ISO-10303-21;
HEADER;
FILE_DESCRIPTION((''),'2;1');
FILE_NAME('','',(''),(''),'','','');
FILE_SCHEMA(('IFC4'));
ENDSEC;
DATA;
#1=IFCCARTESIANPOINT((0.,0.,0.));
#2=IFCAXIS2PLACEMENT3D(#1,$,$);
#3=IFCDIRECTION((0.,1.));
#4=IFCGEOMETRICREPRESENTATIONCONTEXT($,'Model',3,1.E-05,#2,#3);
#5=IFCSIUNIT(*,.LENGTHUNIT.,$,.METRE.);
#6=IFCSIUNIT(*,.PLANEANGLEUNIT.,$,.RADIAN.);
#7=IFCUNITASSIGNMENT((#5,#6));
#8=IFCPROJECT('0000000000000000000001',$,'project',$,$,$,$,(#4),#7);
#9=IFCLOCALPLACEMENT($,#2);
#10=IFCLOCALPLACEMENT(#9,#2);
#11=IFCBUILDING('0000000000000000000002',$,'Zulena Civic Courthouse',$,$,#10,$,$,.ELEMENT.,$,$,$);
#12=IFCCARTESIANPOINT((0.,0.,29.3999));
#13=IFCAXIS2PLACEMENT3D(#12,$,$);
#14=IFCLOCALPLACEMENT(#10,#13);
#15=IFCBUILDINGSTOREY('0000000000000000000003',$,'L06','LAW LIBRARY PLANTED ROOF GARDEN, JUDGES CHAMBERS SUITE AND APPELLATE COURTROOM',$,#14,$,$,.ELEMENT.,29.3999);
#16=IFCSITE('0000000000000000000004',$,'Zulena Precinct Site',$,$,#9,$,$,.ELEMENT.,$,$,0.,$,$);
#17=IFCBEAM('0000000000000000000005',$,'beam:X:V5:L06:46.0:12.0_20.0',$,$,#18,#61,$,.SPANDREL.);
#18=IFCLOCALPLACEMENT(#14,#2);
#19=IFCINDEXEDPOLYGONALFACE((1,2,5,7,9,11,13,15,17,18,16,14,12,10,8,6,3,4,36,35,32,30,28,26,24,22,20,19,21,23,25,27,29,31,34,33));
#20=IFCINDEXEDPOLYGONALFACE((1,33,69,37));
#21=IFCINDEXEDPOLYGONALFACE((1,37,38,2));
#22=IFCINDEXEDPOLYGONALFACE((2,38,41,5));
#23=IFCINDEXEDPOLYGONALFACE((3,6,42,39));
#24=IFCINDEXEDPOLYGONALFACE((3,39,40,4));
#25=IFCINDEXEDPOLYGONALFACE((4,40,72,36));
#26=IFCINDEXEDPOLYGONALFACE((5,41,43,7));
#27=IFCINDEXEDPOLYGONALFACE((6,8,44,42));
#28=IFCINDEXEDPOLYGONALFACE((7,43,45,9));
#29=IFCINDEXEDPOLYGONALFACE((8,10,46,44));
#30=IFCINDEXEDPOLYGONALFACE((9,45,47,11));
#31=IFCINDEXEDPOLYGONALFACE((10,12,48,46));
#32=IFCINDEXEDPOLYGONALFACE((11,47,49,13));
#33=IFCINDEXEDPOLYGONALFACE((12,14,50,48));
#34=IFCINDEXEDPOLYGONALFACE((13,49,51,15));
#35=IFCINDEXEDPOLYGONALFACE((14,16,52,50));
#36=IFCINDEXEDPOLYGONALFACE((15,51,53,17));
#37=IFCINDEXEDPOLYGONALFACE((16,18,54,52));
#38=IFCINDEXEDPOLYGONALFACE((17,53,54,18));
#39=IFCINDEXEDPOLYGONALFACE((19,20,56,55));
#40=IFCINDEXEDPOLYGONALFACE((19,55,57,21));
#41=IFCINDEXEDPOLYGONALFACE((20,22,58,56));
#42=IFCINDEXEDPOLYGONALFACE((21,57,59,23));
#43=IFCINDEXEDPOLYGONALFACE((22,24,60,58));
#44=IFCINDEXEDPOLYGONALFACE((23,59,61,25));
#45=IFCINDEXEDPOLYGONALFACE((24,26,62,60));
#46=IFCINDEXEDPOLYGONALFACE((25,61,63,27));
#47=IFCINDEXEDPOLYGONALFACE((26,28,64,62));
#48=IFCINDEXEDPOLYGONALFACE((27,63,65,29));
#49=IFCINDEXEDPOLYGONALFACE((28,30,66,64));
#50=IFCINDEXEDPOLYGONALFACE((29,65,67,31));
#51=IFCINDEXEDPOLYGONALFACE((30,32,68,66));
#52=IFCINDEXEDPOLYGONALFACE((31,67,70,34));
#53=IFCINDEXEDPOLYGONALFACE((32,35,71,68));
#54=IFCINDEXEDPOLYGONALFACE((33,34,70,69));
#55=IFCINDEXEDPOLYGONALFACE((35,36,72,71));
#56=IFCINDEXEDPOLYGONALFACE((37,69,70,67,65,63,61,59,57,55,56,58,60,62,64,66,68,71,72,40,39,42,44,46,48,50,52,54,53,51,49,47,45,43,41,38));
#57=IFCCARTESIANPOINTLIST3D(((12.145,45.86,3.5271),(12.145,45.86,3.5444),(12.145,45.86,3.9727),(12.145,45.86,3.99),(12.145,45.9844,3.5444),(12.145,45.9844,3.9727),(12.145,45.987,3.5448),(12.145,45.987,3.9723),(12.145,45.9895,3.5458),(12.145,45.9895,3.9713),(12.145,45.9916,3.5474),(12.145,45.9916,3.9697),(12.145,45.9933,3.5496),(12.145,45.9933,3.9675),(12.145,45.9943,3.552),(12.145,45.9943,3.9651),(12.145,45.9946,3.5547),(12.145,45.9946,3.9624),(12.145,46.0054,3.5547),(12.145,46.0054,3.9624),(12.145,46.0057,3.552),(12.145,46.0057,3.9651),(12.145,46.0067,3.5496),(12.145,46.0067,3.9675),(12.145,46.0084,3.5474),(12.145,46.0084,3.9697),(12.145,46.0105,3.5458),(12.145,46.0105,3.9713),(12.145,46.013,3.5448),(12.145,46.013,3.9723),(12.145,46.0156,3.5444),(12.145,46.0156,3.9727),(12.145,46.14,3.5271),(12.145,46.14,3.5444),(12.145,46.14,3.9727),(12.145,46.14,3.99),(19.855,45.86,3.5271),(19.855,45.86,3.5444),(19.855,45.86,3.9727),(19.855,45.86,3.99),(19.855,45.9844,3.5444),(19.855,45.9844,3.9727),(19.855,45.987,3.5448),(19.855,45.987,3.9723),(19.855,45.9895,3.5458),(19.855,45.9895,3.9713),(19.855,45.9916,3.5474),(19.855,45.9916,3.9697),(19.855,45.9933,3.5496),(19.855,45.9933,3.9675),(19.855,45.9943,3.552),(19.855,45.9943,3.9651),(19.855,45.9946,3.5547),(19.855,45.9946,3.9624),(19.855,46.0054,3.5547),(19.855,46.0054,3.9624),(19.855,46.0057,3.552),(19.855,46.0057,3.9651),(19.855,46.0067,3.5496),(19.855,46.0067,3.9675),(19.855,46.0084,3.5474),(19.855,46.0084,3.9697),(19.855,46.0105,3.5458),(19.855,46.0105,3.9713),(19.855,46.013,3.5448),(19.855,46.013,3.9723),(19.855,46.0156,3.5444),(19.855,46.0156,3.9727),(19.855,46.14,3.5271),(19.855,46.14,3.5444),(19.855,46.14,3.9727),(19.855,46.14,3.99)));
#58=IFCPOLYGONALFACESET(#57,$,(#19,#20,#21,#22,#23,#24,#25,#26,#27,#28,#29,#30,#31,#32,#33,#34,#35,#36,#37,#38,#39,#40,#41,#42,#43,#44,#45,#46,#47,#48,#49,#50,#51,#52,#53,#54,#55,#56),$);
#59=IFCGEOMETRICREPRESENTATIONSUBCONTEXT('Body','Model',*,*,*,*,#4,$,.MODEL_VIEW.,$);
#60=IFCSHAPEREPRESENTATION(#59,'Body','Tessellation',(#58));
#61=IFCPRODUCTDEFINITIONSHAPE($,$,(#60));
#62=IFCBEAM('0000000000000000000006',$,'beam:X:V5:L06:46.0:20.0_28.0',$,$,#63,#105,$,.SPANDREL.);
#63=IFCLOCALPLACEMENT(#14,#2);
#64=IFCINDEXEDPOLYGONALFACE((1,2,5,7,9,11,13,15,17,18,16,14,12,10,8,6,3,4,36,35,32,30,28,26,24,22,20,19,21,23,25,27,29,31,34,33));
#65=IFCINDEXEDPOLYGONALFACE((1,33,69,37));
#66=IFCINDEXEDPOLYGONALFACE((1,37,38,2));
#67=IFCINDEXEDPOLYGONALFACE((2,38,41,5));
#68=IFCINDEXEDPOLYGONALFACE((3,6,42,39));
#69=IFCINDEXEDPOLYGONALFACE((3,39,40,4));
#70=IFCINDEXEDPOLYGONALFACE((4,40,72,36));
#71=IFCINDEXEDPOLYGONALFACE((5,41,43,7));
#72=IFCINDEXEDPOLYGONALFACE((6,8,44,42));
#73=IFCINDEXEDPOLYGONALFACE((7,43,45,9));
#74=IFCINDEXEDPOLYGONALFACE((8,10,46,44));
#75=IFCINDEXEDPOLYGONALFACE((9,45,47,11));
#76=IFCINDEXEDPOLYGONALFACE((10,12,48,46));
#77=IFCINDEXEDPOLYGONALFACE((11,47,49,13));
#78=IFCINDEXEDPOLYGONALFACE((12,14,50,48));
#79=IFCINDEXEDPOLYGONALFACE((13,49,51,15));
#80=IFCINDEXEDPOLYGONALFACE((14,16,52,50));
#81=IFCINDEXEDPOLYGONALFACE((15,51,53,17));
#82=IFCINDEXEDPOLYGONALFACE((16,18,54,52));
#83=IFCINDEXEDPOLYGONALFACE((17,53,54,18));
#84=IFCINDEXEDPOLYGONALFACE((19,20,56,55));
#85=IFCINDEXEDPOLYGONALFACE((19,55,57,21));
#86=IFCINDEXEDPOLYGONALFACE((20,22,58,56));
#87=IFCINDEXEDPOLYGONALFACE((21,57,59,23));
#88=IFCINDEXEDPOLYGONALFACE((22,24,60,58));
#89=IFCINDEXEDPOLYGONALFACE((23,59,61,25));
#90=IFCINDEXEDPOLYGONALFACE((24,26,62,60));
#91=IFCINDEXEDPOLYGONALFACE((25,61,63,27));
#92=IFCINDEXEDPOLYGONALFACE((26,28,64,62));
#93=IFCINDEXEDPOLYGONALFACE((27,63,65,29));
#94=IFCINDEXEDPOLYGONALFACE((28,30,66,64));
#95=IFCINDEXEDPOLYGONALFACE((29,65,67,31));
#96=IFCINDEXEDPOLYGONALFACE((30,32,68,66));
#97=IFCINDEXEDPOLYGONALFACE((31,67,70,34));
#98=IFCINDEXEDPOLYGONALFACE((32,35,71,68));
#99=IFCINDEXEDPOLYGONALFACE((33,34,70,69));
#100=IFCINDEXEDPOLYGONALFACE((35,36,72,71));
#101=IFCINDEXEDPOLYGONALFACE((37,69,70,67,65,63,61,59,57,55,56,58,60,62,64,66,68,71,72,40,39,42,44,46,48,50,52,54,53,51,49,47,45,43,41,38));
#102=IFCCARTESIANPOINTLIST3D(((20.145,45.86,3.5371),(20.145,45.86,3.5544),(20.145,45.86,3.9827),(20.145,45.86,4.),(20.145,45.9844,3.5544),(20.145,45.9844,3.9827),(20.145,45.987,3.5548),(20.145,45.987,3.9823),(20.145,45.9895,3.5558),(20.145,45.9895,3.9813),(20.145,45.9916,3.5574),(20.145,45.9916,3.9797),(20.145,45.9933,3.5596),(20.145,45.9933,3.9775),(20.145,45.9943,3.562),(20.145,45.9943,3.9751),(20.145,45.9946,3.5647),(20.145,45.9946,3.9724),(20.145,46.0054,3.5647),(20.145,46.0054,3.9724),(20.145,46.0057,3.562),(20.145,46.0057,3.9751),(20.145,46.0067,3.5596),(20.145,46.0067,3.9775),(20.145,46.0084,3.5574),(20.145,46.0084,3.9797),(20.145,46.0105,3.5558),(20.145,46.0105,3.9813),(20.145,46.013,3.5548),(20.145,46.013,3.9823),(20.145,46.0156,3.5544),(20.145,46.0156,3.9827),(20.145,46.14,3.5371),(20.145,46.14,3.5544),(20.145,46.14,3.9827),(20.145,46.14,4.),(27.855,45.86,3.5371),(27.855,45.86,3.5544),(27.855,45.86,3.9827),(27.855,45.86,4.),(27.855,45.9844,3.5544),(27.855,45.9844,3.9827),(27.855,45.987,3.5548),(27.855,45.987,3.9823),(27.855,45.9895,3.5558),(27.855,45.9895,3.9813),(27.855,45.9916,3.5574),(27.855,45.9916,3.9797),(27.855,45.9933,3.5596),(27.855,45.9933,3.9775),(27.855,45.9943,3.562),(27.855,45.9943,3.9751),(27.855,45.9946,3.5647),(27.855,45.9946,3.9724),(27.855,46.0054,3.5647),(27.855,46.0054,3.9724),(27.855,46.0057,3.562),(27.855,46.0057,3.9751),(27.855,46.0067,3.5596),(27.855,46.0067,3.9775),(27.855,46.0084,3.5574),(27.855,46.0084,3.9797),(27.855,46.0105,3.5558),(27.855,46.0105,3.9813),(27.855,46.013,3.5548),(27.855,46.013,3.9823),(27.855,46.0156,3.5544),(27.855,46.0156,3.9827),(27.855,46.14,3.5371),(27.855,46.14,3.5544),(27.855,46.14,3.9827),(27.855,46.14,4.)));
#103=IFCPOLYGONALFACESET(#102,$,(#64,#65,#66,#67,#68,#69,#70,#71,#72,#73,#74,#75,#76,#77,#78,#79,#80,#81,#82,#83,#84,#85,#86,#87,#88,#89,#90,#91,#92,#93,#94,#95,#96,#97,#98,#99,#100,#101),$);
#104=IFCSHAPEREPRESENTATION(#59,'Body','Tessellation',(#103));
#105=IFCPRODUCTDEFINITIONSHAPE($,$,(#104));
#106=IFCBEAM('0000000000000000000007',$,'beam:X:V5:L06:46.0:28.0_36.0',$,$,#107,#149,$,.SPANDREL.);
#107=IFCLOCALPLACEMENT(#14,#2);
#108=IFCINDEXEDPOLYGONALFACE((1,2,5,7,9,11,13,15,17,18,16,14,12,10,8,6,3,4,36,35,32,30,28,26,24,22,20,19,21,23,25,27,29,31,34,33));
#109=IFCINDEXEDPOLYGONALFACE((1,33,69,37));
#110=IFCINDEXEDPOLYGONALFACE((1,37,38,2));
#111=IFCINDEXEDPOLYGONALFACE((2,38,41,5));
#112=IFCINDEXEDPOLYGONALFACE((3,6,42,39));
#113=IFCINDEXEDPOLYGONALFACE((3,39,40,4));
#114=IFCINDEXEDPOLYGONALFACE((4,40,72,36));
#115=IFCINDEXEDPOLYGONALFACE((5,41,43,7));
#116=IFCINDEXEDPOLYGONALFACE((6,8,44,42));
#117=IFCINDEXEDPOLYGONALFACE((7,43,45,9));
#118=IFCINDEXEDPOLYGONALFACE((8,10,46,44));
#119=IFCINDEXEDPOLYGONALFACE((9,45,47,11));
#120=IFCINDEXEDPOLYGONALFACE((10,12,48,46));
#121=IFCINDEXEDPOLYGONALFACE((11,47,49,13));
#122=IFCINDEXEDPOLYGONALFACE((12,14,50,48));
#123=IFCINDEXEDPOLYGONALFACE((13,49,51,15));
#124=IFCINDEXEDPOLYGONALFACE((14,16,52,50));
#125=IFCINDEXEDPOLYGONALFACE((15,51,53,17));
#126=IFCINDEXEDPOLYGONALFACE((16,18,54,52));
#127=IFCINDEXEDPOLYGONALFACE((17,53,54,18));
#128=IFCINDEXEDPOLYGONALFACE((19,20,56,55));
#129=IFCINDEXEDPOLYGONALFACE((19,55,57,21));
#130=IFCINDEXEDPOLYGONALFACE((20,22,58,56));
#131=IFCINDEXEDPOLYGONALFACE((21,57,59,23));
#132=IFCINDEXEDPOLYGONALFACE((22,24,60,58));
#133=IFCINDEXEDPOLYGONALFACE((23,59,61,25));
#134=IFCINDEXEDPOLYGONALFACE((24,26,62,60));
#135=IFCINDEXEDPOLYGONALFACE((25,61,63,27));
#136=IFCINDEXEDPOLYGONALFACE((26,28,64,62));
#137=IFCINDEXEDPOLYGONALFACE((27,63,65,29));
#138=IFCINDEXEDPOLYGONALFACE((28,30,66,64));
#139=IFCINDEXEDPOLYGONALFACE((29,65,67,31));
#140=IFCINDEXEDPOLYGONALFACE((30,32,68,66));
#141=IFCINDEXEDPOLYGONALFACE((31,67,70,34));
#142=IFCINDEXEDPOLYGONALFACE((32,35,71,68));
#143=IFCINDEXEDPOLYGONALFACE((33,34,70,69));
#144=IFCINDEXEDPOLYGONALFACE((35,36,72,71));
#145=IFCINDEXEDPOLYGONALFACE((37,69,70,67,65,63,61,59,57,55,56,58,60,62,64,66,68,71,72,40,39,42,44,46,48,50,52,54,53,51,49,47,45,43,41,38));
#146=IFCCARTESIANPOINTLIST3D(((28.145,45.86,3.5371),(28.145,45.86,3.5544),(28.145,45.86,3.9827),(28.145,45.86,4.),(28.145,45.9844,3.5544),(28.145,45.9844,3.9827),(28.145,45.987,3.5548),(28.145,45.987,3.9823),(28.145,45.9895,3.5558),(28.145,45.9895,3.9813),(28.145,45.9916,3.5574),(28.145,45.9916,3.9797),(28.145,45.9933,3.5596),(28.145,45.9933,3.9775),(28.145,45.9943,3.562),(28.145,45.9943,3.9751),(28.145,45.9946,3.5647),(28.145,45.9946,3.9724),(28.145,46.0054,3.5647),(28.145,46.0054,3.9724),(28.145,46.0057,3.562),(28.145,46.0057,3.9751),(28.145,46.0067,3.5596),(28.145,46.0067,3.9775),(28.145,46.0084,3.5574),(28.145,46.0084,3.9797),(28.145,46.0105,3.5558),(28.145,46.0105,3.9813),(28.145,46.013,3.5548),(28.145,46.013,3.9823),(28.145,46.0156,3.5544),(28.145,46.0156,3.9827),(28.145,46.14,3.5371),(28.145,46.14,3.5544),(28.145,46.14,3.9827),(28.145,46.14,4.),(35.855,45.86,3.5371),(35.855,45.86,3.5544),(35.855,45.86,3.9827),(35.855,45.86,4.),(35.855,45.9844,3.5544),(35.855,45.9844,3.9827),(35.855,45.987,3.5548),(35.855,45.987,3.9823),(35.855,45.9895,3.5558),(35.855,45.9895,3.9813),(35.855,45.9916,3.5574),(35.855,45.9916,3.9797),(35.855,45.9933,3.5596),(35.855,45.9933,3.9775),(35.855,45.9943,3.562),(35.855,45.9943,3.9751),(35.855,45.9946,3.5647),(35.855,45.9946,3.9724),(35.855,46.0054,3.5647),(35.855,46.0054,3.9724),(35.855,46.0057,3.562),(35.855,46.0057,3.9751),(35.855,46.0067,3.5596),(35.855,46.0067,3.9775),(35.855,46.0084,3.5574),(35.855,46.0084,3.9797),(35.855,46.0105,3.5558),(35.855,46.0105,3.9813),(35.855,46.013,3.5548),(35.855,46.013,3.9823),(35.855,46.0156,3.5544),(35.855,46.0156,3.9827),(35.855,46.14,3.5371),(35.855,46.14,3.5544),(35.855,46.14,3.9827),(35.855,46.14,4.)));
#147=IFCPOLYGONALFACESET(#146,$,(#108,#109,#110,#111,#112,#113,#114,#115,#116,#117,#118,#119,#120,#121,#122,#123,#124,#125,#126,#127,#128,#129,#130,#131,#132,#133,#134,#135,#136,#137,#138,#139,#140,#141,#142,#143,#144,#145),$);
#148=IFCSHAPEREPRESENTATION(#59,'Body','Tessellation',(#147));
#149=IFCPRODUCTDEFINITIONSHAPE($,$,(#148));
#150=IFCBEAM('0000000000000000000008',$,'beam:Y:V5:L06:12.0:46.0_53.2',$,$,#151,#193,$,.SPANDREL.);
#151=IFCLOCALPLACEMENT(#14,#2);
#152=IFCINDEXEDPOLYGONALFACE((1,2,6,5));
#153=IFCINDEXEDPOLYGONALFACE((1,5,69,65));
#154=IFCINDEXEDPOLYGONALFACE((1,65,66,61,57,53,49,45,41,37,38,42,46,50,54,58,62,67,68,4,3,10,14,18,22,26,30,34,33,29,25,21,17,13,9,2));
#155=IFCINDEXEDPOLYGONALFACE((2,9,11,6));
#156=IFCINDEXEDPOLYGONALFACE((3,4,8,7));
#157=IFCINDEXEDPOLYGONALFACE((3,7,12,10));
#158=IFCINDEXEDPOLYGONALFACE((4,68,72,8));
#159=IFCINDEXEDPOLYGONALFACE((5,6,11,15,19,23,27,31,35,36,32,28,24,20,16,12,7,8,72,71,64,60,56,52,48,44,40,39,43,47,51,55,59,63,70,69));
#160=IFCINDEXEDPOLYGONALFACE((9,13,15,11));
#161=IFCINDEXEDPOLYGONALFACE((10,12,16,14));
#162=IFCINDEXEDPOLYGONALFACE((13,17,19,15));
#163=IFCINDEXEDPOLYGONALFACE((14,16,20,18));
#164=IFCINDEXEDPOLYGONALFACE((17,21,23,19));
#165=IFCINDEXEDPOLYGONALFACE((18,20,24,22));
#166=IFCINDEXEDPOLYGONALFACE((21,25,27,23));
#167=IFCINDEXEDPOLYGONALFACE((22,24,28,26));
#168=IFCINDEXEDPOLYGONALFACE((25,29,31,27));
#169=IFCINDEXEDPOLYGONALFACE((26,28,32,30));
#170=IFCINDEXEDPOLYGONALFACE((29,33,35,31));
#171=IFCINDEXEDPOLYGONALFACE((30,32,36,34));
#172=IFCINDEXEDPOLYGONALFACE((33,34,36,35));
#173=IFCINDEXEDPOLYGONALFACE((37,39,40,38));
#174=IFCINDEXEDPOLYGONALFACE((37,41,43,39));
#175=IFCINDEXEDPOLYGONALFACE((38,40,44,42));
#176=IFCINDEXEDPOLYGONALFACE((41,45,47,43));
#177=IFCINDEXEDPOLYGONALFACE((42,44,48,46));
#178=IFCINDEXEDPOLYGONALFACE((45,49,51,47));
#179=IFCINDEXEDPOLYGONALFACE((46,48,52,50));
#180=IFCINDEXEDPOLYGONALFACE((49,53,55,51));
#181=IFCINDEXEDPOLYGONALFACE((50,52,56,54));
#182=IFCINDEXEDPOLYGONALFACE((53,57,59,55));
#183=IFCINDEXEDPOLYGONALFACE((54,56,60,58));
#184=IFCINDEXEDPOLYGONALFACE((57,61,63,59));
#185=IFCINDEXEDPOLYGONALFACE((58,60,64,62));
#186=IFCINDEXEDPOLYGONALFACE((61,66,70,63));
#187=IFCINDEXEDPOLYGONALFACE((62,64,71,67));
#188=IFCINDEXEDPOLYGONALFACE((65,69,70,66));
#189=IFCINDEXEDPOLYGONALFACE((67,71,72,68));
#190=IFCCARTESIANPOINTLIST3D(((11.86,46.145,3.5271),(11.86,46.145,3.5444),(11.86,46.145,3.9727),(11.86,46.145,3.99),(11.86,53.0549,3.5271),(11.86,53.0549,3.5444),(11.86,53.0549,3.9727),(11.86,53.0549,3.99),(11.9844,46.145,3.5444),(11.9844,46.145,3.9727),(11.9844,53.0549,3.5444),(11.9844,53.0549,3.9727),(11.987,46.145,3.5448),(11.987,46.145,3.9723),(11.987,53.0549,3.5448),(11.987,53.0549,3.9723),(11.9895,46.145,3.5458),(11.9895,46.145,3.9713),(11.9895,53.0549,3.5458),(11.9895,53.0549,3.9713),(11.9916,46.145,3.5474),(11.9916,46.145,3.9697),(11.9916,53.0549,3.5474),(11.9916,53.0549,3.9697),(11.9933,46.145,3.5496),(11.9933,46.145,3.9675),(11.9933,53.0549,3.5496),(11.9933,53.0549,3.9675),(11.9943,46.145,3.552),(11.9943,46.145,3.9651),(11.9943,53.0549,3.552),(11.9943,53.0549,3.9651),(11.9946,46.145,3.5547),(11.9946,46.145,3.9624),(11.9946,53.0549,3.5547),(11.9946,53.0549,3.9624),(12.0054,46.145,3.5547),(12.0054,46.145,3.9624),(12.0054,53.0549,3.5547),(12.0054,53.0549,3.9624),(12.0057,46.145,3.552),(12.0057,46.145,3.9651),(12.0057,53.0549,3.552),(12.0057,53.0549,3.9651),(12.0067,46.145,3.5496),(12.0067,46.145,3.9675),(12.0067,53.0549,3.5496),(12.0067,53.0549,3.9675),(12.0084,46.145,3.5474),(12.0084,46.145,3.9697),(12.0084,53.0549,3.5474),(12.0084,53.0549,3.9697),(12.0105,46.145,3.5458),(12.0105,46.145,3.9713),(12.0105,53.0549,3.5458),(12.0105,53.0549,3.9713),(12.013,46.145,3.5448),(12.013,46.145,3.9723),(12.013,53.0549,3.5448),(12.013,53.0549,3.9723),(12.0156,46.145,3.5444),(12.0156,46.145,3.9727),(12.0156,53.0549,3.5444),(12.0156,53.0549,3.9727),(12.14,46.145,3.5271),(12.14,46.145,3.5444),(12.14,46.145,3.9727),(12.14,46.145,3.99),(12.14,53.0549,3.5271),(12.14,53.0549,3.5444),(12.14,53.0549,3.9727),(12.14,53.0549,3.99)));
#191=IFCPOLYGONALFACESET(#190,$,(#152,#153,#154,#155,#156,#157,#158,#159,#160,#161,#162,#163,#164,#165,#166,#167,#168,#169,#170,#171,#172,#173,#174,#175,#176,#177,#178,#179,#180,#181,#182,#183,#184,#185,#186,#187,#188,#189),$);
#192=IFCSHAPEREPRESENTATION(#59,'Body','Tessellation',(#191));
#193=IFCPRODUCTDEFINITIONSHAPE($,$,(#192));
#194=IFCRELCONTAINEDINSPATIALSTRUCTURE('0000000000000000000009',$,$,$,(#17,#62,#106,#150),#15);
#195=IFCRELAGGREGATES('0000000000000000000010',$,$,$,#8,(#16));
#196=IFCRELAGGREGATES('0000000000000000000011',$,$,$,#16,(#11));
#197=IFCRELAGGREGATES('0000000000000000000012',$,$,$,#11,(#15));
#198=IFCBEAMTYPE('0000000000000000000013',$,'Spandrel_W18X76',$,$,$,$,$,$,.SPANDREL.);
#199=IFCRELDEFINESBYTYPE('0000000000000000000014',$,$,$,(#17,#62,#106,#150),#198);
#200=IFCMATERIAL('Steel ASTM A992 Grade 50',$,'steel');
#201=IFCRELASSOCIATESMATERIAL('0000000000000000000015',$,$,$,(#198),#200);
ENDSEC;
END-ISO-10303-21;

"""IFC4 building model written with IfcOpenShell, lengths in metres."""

from ifc_helpers import new_model, si_unit, direction, frame, origin, origin_2d, place, context, subcontext, project, spatial, i_section, extrude, material, material_profile, profile_set, type_object, element, save


model = new_model("IFC4")

# Units and contexts
model_context = context("Model", 3, precision=1e-05, world=origin(), true_north=direction((0.0, 1.0)))
body_context = subcontext(model_context, "Body", "Model", "MODEL_VIEW")
ifc_project = project(units=[si_unit("LENGTHUNIT", "METRE"), si_unit("PLANEANGLEUNIT", "RADIAN")], contexts=[model_context])

# Site, building, storey
site_placement = place(None, origin())
site = spatial("IfcSite", under=ifc_project, at=site_placement, Name="Zulena Precinct Site", CompositionType="ELEMENT", RefElevation=0.0)
building_placement = place(site_placement, origin())
building = spatial("IfcBuilding", under=site, at=building_placement, Name="Zulena Civic Courthouse", CompositionType="ELEMENT")
storey_placement = place(building_placement, frame((0.0, 0.0, 29.3999)))
storey = spatial("IfcBuildingStorey", under=building, at=storey_placement, Name="L06", Description="LAW LIBRARY PLANTED ROOF GARDEN, JUDGES CHAMBERS SUITE AND APPELLATE COURTROOM", CompositionType="ELEMENT", Elevation=29.3999)

# Shared definitions
ifc_material_1 = material(Name="Steel ASTM A992 Grade 50", Category="steel")

# Beams
ifc_material_profile_1 = material_profile(ifc_material_1, i_section(OverallWidth=0.28, OverallDepth=0.4629, WebThickness=0.0107, FlangeThickness=0.0173, FilletRadius=0.0103, at=origin_2d()), Name="W18X76")
ifc_profile_set_1 = profile_set([ifc_material_profile_1], Name="Steel ASTM A992 Grade 50")
beam_type_1 = type_object("IfcBeamType", Name="Spandrel_W18X76", PredefinedType="SPANDREL", material=ifc_profile_set_1)
for number, where, z_axis, x_axis, name in (
    (1, (12.145, 46.0, 3.7585), (1.0, 0.0, 0.0), (0.0, 1.0, 0.0), "beam:X:V5:L06:46.0:12.0_20.0"),
    (2, (20.145, 46.0, 3.7686), (1.0, 0.0, 0.0), (0.0, 1.0, 0.0), "beam:X:V5:L06:46.0:20.0_28.0"),
    (3, (28.145, 46.0, 3.7686), (1.0, 0.0, 0.0), (0.0, 1.0, 0.0), "beam:X:V5:L06:46.0:28.0_36.0"),
):
    element("IfcBeam", number, at=place(storey_placement, frame(where, z_axis=z_axis, x_axis=x_axis)), inside=storey, type_object=beam_type_1, Name=name, PredefinedType="SPANDREL", context=body_context, shape_type="SweptSolid", body=[
        extrude(i_section(OverallWidth=0.28, OverallDepth=0.4629, WebThickness=0.0107, FlangeThickness=0.0173, FilletRadius=0.0103, at=origin_2d()), origin(), (0.0, 0.0, 1.0), 7.71),
    ])
for number, where, z_axis, x_axis, name in (
    (4, (12.0, 46.145, 3.7585), (0.0, 1.0, 0.0), (-1.0, 0.0, 0.0), "beam:Y:V5:L06:12.0:46.0_53.2"),
):
    element("IfcBeam", number, at=place(storey_placement, frame(where, z_axis=z_axis, x_axis=x_axis)), inside=storey, type_object=beam_type_1, Name=name, PredefinedType="SPANDREL", context=body_context, shape_type="SweptSolid", body=[
        extrude(i_section(OverallWidth=0.28, OverallDepth=0.4629, WebThickness=0.0107, FlangeThickness=0.0173, FilletRadius=0.0103, at=origin_2d()), origin(), (0.0, 0.0, 1.0), 6.9099),
    ])

save(model, "model.ifc")
